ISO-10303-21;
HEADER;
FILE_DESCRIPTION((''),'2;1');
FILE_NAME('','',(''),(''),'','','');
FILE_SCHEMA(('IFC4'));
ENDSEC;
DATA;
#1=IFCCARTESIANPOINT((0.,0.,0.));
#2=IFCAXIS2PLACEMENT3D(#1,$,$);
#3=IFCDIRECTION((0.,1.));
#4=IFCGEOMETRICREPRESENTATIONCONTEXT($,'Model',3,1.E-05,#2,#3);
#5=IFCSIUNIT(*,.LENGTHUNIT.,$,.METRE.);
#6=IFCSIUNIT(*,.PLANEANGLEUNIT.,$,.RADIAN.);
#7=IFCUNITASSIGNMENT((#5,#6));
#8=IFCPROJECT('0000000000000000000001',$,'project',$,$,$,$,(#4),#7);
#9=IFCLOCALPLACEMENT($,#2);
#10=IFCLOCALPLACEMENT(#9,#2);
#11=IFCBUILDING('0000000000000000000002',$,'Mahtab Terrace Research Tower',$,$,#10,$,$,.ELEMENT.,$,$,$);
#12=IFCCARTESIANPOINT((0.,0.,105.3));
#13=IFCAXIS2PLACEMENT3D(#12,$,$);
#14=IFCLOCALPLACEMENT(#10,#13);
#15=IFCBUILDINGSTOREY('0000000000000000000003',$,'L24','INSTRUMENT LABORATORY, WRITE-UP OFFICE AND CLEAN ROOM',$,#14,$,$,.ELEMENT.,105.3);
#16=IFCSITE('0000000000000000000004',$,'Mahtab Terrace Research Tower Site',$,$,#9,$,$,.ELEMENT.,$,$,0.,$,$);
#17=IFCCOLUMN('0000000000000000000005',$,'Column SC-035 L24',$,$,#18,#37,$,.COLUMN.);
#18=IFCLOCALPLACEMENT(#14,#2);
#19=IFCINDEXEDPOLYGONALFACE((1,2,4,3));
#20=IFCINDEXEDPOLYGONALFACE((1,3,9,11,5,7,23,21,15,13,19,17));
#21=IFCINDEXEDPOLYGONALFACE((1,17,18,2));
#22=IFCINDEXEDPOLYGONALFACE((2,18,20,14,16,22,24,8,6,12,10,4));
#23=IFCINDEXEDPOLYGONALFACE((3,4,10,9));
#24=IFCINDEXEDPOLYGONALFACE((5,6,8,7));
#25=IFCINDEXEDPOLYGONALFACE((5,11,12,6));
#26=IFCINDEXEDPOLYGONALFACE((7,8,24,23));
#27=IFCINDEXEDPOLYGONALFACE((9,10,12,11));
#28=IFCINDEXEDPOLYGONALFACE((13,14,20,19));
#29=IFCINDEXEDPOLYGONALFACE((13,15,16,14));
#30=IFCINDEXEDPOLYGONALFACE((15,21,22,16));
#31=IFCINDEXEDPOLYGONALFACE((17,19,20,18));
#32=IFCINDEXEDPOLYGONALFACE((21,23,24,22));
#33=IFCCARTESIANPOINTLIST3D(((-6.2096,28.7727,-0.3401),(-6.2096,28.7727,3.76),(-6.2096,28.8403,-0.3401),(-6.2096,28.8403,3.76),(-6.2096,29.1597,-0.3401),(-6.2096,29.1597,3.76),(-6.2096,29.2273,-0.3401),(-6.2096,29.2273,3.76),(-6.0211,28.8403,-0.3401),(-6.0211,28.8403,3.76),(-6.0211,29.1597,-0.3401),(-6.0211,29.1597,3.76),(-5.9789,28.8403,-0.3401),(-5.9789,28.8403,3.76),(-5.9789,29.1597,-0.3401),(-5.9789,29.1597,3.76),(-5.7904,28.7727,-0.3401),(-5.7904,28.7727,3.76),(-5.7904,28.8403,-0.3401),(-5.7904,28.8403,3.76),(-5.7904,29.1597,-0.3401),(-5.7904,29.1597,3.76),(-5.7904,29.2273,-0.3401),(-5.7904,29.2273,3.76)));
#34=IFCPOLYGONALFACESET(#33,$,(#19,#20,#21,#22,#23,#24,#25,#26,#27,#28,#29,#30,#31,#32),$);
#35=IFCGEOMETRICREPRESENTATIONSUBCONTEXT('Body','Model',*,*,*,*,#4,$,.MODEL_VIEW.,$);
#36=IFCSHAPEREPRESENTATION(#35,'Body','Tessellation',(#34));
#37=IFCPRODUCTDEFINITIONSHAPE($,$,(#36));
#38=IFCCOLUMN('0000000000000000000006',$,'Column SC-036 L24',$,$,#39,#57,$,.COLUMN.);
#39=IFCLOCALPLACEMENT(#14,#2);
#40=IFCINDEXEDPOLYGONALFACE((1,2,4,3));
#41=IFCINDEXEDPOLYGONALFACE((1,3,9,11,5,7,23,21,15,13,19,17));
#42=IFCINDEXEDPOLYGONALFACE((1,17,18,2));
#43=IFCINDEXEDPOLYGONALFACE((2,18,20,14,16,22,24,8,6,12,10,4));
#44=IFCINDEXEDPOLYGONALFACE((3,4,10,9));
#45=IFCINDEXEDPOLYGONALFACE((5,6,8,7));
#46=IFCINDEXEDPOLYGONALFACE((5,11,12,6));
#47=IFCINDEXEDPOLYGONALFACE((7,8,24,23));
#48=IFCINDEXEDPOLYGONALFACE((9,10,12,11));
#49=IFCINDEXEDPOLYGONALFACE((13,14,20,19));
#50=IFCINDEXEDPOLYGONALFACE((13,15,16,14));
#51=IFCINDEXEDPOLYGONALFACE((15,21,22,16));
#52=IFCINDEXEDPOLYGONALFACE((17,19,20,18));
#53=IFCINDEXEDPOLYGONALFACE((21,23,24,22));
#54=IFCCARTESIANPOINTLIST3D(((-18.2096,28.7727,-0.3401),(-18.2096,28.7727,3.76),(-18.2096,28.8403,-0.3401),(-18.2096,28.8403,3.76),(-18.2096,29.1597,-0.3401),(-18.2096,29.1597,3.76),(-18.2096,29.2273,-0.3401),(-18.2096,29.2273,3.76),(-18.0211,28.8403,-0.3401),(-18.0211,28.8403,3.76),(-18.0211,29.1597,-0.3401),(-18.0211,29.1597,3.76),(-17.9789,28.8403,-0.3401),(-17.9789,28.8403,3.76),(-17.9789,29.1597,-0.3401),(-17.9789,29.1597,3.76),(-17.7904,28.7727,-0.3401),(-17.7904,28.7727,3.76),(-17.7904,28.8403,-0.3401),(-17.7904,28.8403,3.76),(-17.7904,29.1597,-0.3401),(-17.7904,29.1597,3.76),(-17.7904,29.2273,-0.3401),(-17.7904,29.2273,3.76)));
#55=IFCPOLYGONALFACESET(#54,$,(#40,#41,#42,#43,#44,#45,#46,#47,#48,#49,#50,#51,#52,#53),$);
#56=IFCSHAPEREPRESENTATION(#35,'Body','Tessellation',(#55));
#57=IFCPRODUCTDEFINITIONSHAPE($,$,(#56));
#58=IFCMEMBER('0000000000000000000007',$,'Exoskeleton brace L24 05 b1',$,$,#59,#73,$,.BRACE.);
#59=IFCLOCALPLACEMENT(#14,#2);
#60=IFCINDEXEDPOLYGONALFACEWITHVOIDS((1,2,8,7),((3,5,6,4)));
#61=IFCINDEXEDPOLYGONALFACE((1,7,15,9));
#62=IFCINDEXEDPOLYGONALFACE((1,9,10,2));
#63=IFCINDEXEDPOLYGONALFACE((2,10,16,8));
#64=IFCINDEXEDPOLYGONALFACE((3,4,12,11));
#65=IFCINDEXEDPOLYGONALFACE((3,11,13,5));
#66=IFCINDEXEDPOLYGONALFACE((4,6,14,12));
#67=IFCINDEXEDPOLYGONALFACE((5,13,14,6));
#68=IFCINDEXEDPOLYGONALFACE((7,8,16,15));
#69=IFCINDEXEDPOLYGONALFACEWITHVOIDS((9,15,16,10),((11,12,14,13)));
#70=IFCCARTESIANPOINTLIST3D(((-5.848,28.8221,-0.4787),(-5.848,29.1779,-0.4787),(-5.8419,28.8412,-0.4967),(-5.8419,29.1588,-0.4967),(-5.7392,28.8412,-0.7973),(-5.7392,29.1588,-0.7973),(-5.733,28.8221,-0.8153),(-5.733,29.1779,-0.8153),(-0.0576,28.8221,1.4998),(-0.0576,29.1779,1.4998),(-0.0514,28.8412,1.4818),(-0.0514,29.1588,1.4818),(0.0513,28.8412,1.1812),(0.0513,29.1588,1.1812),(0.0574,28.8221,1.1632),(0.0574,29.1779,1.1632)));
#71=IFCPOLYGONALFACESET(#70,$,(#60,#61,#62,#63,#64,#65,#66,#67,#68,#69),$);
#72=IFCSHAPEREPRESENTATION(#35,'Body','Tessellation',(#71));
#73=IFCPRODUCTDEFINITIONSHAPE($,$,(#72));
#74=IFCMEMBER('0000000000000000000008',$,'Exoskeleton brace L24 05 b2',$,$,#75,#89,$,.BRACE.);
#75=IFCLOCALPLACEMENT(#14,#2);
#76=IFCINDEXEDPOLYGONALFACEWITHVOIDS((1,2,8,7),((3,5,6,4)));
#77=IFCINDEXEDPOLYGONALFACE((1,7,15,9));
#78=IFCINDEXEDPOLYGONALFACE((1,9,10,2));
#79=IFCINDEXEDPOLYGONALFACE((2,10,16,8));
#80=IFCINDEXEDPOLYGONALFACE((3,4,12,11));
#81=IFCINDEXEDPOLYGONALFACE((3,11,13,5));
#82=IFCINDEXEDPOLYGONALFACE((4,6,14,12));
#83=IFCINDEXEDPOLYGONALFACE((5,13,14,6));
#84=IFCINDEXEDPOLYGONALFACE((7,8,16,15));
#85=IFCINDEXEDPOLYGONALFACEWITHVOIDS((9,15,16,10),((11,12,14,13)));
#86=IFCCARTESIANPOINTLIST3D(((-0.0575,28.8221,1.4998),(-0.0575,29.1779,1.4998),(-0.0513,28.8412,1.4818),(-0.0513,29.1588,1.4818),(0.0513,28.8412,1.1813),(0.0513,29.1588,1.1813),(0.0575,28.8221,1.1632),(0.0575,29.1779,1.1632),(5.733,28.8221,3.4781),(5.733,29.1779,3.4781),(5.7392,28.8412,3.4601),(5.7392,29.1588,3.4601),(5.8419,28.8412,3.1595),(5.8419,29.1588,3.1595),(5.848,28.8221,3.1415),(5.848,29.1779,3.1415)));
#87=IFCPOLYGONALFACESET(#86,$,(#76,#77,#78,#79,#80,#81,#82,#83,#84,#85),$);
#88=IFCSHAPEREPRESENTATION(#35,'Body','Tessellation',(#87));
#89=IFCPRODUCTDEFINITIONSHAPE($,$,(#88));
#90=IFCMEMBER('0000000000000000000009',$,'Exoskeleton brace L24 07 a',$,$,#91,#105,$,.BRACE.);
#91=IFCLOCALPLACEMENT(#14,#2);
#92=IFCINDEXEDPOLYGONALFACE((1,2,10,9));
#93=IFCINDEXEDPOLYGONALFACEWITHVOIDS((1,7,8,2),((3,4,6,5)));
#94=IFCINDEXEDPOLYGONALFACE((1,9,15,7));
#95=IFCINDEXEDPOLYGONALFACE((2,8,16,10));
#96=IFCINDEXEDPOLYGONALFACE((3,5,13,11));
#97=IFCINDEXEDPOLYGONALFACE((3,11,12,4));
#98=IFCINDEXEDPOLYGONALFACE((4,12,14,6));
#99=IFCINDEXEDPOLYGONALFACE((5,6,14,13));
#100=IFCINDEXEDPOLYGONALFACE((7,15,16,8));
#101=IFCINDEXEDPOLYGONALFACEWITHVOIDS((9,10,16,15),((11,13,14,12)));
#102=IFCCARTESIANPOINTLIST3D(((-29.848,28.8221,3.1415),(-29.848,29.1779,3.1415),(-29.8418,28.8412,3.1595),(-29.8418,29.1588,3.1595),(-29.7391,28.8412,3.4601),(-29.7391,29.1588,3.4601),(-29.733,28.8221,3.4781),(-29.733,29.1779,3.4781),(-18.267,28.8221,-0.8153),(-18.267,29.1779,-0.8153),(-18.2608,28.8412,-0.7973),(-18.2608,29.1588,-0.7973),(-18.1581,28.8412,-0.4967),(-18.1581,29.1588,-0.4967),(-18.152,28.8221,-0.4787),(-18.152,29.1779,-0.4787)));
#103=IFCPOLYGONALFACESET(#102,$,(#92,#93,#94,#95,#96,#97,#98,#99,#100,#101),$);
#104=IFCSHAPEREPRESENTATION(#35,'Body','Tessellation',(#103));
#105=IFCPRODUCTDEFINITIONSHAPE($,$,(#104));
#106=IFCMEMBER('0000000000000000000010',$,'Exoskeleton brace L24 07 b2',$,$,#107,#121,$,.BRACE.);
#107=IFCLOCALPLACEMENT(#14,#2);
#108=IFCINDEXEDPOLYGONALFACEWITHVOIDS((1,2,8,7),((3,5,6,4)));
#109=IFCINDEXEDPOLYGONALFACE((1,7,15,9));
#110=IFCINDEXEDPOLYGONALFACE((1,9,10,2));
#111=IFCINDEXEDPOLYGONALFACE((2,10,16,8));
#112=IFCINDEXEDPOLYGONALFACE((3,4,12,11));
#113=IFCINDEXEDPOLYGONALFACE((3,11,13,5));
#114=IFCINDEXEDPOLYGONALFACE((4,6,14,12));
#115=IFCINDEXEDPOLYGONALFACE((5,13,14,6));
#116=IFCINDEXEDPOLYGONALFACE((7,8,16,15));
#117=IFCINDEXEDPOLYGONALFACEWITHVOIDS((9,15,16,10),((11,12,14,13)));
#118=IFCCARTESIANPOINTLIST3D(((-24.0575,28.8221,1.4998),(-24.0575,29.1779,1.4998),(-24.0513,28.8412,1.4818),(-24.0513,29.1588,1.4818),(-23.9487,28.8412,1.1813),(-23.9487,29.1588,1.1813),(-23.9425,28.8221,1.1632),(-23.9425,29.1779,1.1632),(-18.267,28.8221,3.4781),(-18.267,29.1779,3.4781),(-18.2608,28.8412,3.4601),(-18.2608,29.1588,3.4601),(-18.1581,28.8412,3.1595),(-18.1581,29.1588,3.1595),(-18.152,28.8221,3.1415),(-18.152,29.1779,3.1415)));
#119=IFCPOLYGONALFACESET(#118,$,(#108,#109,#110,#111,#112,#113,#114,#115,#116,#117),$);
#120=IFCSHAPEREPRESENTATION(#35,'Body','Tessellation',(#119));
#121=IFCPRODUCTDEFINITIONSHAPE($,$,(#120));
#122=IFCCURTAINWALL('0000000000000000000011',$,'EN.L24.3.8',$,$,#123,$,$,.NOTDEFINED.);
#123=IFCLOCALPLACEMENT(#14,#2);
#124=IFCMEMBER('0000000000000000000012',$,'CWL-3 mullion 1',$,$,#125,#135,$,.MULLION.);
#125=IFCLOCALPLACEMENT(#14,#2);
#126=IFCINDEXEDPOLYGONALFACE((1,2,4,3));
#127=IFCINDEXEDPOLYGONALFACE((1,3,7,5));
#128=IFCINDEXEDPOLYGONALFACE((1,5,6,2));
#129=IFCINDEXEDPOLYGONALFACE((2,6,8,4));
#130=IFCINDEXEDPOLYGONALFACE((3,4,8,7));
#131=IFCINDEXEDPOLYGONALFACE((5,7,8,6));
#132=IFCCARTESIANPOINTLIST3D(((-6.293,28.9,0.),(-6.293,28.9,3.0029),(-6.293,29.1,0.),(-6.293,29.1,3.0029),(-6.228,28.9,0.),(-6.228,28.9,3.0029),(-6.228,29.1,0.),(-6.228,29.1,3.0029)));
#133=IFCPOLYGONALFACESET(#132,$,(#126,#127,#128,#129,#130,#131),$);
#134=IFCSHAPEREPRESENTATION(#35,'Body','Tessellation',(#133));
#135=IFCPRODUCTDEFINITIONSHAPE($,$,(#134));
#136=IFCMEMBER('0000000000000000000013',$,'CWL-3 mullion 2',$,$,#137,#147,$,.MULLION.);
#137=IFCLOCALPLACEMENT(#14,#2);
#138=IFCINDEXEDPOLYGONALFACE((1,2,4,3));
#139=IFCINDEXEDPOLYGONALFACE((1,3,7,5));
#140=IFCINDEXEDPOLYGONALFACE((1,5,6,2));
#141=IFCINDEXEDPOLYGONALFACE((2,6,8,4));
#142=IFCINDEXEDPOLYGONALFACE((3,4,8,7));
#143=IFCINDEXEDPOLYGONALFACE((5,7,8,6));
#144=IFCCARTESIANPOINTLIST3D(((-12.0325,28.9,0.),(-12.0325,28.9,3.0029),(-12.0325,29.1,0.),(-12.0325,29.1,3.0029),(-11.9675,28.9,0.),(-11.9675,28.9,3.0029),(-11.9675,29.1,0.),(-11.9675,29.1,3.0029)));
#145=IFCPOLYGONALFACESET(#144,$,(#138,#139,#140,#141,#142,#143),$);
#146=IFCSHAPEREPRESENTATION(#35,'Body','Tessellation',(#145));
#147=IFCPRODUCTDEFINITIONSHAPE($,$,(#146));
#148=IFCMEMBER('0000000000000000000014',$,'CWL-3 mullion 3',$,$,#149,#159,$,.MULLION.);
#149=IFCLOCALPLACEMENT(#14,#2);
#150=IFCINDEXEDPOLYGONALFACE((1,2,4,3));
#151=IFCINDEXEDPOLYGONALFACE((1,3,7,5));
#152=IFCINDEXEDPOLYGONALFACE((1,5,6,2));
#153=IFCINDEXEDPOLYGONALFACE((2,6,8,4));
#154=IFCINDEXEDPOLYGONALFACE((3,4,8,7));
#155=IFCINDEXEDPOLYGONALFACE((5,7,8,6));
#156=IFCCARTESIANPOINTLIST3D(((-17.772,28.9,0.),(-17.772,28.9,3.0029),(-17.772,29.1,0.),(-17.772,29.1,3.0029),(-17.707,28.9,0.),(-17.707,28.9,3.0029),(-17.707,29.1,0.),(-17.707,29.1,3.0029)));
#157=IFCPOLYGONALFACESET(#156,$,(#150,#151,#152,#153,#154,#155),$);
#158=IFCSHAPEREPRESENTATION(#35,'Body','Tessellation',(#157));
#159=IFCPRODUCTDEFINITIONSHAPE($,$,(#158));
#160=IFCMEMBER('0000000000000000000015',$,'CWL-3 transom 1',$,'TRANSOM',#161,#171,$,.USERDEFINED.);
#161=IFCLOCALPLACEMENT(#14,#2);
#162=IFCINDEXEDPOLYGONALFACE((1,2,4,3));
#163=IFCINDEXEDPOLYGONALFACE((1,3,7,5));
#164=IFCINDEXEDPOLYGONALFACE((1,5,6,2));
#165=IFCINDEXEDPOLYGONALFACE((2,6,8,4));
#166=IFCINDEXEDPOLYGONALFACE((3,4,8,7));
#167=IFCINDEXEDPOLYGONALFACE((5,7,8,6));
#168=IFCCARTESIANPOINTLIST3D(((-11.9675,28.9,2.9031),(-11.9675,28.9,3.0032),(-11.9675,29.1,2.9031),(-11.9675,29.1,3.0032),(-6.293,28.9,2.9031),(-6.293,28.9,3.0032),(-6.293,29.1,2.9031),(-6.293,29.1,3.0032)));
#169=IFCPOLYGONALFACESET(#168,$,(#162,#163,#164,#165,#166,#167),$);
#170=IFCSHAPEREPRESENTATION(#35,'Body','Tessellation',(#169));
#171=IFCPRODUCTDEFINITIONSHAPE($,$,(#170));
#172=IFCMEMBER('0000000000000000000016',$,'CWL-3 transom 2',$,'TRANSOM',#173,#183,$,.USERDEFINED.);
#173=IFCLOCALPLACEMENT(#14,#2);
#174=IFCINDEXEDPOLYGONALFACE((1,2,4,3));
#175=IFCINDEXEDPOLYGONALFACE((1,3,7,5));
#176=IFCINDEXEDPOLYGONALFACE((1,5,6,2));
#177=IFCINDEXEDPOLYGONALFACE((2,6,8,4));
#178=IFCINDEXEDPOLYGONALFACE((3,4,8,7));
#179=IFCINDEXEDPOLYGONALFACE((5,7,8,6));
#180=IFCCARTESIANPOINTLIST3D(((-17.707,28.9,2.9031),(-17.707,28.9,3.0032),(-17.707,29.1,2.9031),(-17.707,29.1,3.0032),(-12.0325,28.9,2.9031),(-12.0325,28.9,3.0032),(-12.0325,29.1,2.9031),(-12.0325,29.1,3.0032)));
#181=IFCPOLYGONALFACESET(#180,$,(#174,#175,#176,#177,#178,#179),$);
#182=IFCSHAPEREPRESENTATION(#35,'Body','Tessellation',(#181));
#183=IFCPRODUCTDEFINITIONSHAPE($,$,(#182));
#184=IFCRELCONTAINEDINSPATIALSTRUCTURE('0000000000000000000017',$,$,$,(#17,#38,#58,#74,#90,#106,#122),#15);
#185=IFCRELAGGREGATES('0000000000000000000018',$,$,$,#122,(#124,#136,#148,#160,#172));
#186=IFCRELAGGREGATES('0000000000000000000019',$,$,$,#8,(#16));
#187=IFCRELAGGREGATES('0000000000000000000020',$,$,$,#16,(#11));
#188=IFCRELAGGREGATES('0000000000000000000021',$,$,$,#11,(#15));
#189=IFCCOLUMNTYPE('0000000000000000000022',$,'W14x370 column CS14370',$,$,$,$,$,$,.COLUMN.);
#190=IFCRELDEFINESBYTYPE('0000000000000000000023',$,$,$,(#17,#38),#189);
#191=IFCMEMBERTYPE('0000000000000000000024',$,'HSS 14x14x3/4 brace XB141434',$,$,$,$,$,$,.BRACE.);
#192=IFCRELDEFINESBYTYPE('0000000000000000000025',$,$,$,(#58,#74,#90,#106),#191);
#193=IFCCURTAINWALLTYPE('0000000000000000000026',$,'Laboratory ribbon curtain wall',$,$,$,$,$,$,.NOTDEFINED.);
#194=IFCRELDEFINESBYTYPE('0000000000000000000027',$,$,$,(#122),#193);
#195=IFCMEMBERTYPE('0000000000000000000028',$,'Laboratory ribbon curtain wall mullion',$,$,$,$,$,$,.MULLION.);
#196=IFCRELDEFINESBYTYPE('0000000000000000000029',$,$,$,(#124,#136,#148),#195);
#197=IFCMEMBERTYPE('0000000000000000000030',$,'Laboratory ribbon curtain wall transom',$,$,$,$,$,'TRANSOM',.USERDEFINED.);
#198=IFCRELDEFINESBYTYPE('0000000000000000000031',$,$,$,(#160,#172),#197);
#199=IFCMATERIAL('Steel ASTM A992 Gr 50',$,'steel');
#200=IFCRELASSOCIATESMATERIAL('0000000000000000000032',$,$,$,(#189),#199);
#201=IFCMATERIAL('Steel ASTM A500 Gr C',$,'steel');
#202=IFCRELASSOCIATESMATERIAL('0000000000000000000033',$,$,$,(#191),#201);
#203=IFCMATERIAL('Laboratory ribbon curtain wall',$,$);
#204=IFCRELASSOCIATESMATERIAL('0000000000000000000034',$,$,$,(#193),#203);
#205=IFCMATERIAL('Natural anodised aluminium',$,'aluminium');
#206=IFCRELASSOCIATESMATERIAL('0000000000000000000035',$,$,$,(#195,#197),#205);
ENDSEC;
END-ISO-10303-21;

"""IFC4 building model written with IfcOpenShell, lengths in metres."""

from ifc_helpers import new_model, si_unit, direction, frame, origin, origin_2d, place, context, subcontext, project, spatial, rectangle, hollow_rectangle, i_section, extrude, material, material_profile, profile_set, type_object, element, aggregate, save


model = new_model("IFC4")

# Units and contexts
model_context = context("Model", 3, precision=1e-05, world=origin(), true_north=direction((0.0, 1.0)))
body_context = subcontext(model_context, "Body", "Model", "MODEL_VIEW")
ifc_project = project(units=[si_unit("LENGTHUNIT", "METRE"), si_unit("PLANEANGLEUNIT", "RADIAN")], contexts=[model_context])

# Site, building, storey
site_placement = place(None, origin())
site = spatial("IfcSite", under=ifc_project, at=site_placement, Name="Mahtab Terrace Research Tower Site", CompositionType="ELEMENT", RefElevation=0.0)
building_placement = place(site_placement, origin())
building = spatial("IfcBuilding", under=site, at=building_placement, Name="Mahtab Terrace Research Tower", CompositionType="ELEMENT")
storey_placement = place(building_placement, frame((0.0, 0.0, 105.3)))
storey = spatial("IfcBuildingStorey", under=building, at=storey_placement, Name="L24", Description="INSTRUMENT LABORATORY, WRITE-UP OFFICE AND CLEAN ROOM", CompositionType="ELEMENT", Elevation=105.3)

# Columns
ifc_material_1 = material(Name="Steel ASTM A992 Gr 50", Category="steel")
ifc_material_profile_1 = material_profile(ifc_material_1, i_section(OverallWidth=0.4192, OverallDepth=0.4546, WebThickness=0.0422, FlangeThickness=0.0676, at=origin_2d()), Name="W14X370")
ifc_profile_set_1 = profile_set([ifc_material_profile_1], Name="Steel ASTM A992 Gr 50")
column_type = type_object("IfcColumnType", Name="W14x370 column CS14370", PredefinedType="COLUMN", material=ifc_profile_set_1)
for number, where, z_axis, x_axis, name in (
    (1, (-6.0, 29.0, -0.3401), (0.0, 0.0, 1.0), (1.0, 0.0, 0.0), "Column SC-035 L24"),
    (2, (-18.0, 29.0, -0.3401), (0.0, 0.0, 1.0), (1.0, 0.0, 0.0), "Column SC-036 L24"),
):
    element("IfcColumn", number, at=place(storey_placement, frame(where, z_axis=z_axis, x_axis=x_axis)), inside=storey, type_object=column_type, Name=name, PredefinedType="COLUMN", context=body_context, shape_type="SweptSolid", body=[
        extrude(i_section(OverallWidth=0.4192, OverallDepth=0.4546, WebThickness=0.0422, FlangeThickness=0.0676, at=origin_2d()), origin(), (0.0, 0.0, 1.0), 4.1001),
    ])

# Members
ifc_material_2 = material(Name="Steel ASTM A500 Gr C", Category="steel")
ifc_material_profile_2 = material_profile(ifc_material_2, hollow_rectangle(XDim=0.3557, YDim=0.3557, WallThickness=0.019, at=origin_2d()), Name="HSS14X14X3/4")
ifc_profile_set_2 = profile_set([ifc_material_profile_2], Name="Steel ASTM A500 Gr C")
member_type_1 = type_object("IfcMemberType", Name="HSS 14x14x3/4 brace XB141434", PredefinedType="BRACE", material=ifc_profile_set_2)
for number, where, z_axis, x_axis, name in (
    (3, (-5.7905, 29.0, -0.647), (0.946287, 0.0, 0.323329), (0.0, 1.0, 0.0), "Exoskeleton brace L24 05 b1"),
    (4, (0.0, 29.0, 1.3315), (0.946299, 0.0, 0.323293), (0.0, 1.0, 0.0), "Exoskeleton brace L24 05 b2"),
):
    element("IfcMember", number, at=place(storey_placement, frame(where, z_axis=z_axis, x_axis=x_axis)), inside=storey, type_object=member_type_1, Name=name, PredefinedType="BRACE", context=body_context, shape_type="SweptSolid", body=[
        extrude(hollow_rectangle(XDim=0.3557, YDim=0.3557, WallThickness=0.019, at=origin_2d()), origin(), (0.0, 0.0, 1.0), 6.1191),
    ])
member_1_placement = place(storey_placement, frame((-18.2095, 29.0, -0.647), z_axis=(-0.946293, 0.0, 0.323311), x_axis=(0.0, -1.0, 0.0)))
element("IfcMember", 5, at=member_1_placement, inside=storey, type_object=member_type_1, Name="Exoskeleton brace L24 07 a", PredefinedType="BRACE", context=body_context, shape_type="SweptSolid", body=[
    extrude(hollow_rectangle(XDim=0.3557, YDim=0.3557, WallThickness=0.019, at=origin_2d()), origin(), (0.0, 0.0, 1.0), 12.2383),
])
member_2_placement = place(storey_placement, frame((-24.0, 29.0, 1.3315), z_axis=(0.946299, 0.0, 0.323293), x_axis=(0.0, 1.0, 0.0)))
element("IfcMember", 6, at=member_2_placement, inside=storey, type_object=member_type_1, Name="Exoskeleton brace L24 07 b2", PredefinedType="BRACE", context=body_context, shape_type="SweptSolid", body=[
    extrude(hollow_rectangle(XDim=0.3557, YDim=0.3557, WallThickness=0.019, at=origin_2d()), origin(), (0.0, 0.0, 1.0), 6.1191),
])

# Curtain wall, members
ifc_material_3 = material(Name="Laboratory ribbon curtain wall")
curtain_wall_type = type_object("IfcCurtainWallType", Name="Laboratory ribbon curtain wall", PredefinedType="NOTDEFINED", material=ifc_material_3)
curtain_wall_placement = place(storey_placement, origin())
curtain_wall = element("IfcCurtainWall", 7, at=curtain_wall_placement, inside=storey, type_object=curtain_wall_type, Name="EN.L24.3.8", PredefinedType="NOTDEFINED")
ifc_material_4 = material(Name="Natural anodised aluminium", Category="aluminium")
ifc_material_profile_3 = material_profile(ifc_material_4, rectangle(XDim=0.2, YDim=0.0649, at=origin_2d()), Name="MULLION 65x200")
ifc_profile_set_3 = profile_set([ifc_material_profile_3], Name="Natural anodised aluminium")
member_type_2 = type_object("IfcMemberType", Name="Laboratory ribbon curtain wall mullion", PredefinedType="MULLION", material=ifc_profile_set_3)
member_3_placement = place(storey_placement, frame((-6.2605, 29.0, 0.0), z_axis=(0.0, 0.0, 1.0), x_axis=(0.0, -1.0, 0.0)))
member_3 = element("IfcMember", 8, at=member_3_placement, type_object=member_type_2, Name="CWL-3 mullion 1", PredefinedType="MULLION", context=body_context, shape_type="SweptSolid", body=[
    extrude(rectangle(XDim=0.2, YDim=0.0649, at=origin_2d()), origin(), (0.0, 0.0, 1.0), 3.0029),
])
member_4_placement = place(storey_placement, frame((-12.0, 29.0, 0.0), z_axis=(0.0, 0.0, 1.0), x_axis=(0.0, -1.0, 0.0)))
member_4 = element("IfcMember", 9, at=member_4_placement, type_object=member_type_2, Name="CWL-3 mullion 2", PredefinedType="MULLION", context=body_context, shape_type="SweptSolid", body=[
    extrude(rectangle(XDim=0.2, YDim=0.0649, at=origin_2d()), origin(), (0.0, 0.0, 1.0), 3.0029),
])
member_5_placement = place(storey_placement, frame((-17.7395, 29.0, 0.0), z_axis=(0.0, 0.0, 1.0), x_axis=(0.0, -1.0, 0.0)))
member_5 = element("IfcMember", 10, at=member_5_placement, type_object=member_type_2, Name="CWL-3 mullion 3", PredefinedType="MULLION", context=body_context, shape_type="SweptSolid", body=[
    extrude(rectangle(XDim=0.2, YDim=0.0649, at=origin_2d()), origin(), (0.0, 0.0, 1.0), 3.0029),
])
ifc_material_profile_4 = material_profile(ifc_material_4, rectangle(XDim=0.2, YDim=0.1001, at=origin_2d()), Name="TRANSOM 100x200")
ifc_profile_set_4 = profile_set([ifc_material_profile_4], Name="Natural anodised aluminium")
member_type_3 = type_object("IfcMemberType", Name="Laboratory ribbon curtain wall transom", ElementType="TRANSOM", PredefinedType="USERDEFINED", material=ifc_profile_set_4)
member_6_placement = place(storey_placement, frame((-6.293, 29.0, 2.9531), z_axis=(-1.0, 0.0, 0.0), x_axis=(0.0, -1.0, 0.0)))
member_6 = element("IfcMember", 11, at=member_6_placement, type_object=member_type_3, Name="CWL-3 transom 1", ObjectType="TRANSOM", PredefinedType="USERDEFINED", context=body_context, shape_type="SweptSolid", body=[
    extrude(rectangle(XDim=0.2, YDim=0.1001, at=origin_2d()), origin(), (0.0, 0.0, 1.0), 5.6746),
])
member_7_placement = place(storey_placement, frame((-12.0325, 29.0, 2.9531), z_axis=(-1.0, 0.0, 0.0), x_axis=(0.0, -1.0, 0.0)))
member_7 = element("IfcMember", 12, at=member_7_placement, type_object=member_type_3, Name="CWL-3 transom 2", ObjectType="TRANSOM", PredefinedType="USERDEFINED", context=body_context, shape_type="SweptSolid", body=[
    extrude(rectangle(XDim=0.2, YDim=0.1001, at=origin_2d()), origin(), (0.0, 0.0, 1.0), 5.6746),
])

aggregate(curtain_wall, [member_3, member_4, member_5, member_6, member_7])

save(model, "model.ifc")
